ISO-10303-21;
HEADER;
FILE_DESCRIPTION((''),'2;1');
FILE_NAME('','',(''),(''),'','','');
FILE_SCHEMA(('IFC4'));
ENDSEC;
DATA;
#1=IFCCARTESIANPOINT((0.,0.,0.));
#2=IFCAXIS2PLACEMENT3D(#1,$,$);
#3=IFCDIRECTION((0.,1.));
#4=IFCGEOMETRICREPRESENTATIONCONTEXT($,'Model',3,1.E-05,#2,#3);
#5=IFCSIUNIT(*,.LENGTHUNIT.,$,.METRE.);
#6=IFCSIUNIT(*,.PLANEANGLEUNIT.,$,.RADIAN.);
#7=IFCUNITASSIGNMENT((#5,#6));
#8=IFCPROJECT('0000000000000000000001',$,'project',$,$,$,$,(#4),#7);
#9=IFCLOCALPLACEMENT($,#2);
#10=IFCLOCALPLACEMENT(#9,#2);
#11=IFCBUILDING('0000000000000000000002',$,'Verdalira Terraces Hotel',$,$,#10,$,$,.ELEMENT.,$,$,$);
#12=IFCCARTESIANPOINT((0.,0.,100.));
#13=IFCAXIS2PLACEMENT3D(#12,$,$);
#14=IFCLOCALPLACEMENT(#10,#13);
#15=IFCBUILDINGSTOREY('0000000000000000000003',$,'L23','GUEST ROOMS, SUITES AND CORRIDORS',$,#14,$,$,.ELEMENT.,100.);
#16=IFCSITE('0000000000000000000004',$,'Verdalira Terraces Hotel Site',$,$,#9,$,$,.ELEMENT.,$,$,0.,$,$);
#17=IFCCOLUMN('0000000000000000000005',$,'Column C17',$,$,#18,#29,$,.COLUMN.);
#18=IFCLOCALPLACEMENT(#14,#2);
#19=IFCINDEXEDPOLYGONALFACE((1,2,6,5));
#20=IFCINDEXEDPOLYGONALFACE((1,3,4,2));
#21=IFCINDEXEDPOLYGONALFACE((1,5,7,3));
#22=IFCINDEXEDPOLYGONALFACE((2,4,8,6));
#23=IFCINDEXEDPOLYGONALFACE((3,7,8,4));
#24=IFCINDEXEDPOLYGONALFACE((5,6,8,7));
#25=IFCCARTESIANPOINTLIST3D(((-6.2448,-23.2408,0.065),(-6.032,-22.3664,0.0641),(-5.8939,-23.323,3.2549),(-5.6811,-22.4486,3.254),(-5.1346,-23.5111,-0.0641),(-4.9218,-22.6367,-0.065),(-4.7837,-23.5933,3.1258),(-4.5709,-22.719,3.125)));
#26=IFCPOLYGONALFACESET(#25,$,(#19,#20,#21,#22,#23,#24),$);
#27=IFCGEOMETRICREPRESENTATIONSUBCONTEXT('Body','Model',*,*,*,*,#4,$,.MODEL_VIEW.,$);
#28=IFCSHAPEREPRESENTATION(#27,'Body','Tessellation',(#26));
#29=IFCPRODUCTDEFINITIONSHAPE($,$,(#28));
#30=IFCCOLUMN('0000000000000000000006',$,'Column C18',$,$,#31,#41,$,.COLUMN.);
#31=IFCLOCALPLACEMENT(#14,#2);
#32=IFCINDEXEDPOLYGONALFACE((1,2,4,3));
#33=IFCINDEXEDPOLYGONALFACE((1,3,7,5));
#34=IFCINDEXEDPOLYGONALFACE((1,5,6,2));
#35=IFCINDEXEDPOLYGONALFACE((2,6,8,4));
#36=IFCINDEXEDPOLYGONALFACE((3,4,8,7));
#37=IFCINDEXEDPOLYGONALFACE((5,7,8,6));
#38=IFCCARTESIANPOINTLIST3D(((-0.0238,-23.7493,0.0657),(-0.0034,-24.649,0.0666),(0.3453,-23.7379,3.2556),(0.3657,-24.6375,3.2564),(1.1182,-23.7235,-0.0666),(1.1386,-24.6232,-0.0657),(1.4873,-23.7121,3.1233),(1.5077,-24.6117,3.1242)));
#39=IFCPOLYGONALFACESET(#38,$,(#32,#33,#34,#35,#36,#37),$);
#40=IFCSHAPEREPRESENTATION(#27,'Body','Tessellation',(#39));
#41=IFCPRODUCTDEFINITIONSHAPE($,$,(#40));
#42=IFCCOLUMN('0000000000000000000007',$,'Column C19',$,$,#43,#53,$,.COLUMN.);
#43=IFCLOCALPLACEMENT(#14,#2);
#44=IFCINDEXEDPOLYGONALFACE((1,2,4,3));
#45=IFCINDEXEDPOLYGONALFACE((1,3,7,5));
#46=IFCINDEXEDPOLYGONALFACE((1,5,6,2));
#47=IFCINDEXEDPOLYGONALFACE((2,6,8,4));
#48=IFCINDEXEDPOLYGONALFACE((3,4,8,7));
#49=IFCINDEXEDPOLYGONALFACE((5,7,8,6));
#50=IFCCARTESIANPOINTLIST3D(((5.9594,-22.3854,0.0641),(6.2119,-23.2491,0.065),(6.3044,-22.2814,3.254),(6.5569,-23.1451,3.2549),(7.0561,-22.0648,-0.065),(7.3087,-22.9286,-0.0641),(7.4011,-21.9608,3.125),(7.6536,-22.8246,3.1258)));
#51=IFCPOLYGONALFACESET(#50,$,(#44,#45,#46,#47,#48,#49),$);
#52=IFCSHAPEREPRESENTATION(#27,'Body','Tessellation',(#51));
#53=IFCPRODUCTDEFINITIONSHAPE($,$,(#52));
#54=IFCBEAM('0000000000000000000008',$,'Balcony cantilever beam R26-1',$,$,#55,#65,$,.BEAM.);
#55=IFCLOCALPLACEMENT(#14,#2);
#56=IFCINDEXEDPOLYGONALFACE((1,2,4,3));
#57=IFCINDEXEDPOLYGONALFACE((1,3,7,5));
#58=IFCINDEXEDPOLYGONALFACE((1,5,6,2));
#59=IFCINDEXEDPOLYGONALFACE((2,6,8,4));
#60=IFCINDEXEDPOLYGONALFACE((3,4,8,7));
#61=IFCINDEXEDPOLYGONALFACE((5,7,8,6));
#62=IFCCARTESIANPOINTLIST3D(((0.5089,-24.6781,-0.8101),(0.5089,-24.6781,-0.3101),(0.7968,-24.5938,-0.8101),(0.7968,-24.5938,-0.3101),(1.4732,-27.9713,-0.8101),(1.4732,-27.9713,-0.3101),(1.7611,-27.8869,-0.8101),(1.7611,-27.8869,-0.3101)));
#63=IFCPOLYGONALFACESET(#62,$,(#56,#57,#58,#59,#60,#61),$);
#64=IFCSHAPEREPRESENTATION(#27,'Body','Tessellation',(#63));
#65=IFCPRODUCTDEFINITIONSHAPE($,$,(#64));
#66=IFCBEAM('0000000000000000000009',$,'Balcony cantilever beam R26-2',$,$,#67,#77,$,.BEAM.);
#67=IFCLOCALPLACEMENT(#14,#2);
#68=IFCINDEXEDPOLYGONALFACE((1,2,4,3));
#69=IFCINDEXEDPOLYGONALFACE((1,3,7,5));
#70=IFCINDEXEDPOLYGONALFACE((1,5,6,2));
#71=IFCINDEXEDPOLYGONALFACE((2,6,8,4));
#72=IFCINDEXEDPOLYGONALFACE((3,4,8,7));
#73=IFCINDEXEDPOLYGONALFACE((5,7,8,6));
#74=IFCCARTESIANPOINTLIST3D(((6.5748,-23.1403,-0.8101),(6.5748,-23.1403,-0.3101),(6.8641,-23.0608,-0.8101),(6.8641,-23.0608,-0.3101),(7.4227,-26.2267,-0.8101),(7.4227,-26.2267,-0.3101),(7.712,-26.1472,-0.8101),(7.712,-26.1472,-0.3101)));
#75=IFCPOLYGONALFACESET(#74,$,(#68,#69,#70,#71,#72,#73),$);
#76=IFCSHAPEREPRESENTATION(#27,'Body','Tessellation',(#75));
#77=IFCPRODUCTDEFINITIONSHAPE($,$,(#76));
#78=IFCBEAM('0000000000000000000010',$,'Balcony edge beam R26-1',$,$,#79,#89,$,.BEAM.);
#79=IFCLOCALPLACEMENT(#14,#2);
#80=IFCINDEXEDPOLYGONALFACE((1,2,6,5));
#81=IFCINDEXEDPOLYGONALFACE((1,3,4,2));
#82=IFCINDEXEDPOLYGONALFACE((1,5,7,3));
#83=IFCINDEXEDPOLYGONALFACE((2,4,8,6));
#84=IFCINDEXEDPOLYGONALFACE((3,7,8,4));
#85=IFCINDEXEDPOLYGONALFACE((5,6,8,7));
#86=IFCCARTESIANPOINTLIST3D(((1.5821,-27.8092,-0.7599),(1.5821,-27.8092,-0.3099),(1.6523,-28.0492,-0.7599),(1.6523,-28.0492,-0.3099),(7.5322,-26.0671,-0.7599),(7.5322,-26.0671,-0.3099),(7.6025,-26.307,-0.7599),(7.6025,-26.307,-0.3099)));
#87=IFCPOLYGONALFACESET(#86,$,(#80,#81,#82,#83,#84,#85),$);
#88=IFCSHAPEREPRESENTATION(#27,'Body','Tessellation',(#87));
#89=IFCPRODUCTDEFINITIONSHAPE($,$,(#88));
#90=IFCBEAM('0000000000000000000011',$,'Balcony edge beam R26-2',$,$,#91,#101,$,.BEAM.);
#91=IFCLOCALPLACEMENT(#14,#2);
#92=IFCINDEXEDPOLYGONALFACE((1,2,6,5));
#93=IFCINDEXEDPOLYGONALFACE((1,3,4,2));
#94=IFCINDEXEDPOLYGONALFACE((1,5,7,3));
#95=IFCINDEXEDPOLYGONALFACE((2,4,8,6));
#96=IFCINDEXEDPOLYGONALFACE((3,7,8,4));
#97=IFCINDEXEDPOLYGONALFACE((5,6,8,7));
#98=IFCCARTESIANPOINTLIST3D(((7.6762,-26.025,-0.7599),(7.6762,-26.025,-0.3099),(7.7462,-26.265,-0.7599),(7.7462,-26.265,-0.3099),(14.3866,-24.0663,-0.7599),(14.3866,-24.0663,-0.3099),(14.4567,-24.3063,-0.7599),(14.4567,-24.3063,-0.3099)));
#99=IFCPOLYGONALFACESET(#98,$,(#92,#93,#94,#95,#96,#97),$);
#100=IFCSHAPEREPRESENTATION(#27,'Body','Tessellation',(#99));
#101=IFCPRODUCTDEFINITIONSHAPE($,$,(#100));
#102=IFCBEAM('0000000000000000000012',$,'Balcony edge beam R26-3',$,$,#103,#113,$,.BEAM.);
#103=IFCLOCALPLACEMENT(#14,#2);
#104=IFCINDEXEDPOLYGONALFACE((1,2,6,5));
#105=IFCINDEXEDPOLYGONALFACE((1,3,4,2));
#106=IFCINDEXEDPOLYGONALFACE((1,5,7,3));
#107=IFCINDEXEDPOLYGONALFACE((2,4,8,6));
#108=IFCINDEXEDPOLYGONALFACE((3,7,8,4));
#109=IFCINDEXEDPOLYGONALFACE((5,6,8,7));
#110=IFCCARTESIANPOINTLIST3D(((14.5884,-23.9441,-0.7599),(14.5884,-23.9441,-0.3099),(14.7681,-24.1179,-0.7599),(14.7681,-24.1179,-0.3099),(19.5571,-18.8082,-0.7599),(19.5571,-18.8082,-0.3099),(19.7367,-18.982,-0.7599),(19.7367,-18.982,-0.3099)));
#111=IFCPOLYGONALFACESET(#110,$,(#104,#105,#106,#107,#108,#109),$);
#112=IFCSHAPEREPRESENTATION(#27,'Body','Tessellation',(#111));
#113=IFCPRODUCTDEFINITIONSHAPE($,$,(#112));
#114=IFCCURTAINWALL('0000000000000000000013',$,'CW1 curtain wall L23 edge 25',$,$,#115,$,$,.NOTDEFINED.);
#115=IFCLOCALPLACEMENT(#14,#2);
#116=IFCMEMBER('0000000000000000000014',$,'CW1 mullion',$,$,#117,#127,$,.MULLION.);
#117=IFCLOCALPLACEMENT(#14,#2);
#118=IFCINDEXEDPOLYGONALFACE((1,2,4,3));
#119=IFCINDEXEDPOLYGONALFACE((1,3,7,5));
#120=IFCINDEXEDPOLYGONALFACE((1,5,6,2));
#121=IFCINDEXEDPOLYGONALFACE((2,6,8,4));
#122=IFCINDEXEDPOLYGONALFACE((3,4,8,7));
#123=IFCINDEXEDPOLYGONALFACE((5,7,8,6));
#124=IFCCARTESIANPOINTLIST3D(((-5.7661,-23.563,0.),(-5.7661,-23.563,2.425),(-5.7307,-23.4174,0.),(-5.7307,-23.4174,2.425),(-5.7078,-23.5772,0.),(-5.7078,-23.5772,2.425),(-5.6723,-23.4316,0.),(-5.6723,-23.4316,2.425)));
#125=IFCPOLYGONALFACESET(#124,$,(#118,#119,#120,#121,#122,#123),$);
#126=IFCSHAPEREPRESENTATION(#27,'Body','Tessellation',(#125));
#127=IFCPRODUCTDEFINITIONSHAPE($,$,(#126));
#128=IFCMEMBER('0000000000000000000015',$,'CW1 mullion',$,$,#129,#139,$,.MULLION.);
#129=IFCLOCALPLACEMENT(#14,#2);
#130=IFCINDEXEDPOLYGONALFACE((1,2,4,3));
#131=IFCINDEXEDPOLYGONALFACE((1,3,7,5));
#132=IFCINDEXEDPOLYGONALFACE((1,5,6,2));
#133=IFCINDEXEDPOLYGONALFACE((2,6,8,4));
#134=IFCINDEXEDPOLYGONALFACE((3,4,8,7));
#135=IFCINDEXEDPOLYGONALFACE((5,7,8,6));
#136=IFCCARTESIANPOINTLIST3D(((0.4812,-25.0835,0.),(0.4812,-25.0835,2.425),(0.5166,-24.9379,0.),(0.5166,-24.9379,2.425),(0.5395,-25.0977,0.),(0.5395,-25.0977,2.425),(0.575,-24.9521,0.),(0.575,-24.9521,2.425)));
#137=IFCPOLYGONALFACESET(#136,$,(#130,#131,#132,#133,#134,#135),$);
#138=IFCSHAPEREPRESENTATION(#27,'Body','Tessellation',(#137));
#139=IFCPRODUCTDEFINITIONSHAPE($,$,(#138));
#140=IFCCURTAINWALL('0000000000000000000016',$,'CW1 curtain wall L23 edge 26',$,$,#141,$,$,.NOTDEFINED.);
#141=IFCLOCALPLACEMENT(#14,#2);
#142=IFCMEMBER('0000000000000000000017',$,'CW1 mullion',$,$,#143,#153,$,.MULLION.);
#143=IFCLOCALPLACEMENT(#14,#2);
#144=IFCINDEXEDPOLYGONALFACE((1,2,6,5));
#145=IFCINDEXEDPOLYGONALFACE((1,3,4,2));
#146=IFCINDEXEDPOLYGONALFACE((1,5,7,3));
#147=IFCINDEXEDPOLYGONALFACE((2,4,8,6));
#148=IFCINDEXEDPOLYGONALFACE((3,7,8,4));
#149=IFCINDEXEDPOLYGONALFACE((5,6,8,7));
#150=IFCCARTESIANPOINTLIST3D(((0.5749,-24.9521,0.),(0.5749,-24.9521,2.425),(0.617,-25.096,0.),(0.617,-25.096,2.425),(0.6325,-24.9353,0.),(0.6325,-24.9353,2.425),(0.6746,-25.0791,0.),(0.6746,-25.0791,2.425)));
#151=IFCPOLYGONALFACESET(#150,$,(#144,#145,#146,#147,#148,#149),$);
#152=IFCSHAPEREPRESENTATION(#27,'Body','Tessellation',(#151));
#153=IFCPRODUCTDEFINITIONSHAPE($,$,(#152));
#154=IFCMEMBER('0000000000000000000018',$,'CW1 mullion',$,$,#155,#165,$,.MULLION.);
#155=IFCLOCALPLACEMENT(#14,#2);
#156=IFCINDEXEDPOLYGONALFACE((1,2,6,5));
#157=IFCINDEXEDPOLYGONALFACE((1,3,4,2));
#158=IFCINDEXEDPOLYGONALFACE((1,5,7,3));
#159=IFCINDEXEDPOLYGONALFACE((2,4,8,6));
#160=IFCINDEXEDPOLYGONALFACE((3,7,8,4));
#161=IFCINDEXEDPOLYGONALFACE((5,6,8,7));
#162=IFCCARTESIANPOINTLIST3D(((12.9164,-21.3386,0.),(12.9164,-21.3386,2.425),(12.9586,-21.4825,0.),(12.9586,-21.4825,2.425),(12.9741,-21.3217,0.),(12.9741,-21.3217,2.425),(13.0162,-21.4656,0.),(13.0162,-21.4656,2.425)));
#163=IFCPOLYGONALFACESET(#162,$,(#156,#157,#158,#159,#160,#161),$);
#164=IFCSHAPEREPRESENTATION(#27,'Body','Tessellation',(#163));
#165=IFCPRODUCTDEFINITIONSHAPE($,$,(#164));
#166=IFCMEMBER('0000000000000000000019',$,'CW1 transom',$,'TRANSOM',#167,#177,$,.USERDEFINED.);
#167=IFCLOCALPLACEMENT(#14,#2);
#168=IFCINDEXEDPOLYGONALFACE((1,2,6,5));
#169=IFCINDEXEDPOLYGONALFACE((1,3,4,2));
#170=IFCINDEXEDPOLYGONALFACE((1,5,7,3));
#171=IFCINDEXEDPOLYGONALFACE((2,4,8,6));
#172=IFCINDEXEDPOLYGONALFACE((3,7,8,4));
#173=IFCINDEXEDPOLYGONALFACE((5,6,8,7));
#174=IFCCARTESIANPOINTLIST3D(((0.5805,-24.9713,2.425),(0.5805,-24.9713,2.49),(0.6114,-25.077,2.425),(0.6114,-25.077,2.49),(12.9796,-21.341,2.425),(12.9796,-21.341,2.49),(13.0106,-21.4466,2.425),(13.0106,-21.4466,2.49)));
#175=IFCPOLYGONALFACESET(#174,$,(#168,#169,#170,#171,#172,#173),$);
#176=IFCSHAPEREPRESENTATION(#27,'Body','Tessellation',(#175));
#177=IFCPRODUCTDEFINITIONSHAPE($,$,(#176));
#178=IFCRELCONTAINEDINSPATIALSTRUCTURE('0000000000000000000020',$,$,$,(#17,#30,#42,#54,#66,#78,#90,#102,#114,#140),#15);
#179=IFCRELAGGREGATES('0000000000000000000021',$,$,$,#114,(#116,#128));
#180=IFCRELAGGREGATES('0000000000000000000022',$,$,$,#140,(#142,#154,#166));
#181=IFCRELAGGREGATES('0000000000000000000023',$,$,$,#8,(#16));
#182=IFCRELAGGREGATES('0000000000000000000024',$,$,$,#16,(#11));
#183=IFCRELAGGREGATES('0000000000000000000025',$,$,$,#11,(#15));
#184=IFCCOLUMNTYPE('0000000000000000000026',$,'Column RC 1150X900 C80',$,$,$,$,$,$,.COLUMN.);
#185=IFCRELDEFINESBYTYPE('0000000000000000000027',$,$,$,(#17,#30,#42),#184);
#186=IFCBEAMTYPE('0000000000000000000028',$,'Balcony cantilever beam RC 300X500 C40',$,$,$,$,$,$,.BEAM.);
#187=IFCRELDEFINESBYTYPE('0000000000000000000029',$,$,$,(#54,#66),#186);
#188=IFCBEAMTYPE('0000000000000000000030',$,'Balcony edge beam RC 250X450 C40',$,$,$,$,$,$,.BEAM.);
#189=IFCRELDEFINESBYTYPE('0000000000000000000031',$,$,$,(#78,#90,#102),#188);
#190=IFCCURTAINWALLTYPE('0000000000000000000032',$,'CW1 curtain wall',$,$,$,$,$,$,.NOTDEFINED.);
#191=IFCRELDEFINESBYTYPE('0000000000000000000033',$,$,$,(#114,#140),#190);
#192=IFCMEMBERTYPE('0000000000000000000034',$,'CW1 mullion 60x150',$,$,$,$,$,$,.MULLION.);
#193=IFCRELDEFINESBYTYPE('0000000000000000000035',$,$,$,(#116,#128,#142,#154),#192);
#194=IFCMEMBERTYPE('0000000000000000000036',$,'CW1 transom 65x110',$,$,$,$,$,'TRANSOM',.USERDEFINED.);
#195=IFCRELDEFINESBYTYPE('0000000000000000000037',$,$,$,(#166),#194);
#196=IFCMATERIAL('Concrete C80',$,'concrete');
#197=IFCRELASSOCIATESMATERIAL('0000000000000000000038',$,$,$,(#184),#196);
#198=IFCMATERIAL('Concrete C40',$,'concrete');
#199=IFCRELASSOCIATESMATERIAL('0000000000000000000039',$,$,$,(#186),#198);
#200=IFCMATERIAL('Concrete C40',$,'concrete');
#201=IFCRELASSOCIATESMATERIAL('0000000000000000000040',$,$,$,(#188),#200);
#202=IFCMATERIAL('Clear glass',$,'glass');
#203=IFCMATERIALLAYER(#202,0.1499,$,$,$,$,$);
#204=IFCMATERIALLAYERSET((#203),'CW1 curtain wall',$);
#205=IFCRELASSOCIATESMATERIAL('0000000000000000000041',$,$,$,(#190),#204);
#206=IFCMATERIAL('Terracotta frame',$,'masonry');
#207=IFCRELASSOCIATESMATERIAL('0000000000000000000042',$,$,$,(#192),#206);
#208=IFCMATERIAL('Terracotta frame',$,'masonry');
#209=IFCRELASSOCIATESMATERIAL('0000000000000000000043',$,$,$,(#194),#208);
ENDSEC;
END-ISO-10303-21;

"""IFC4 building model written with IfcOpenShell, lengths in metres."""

from ifc_helpers import new_model, si_unit, direction, frame, origin, origin_2d, place, context, subcontext, project, spatial, rectangle, extrude, material, layer, layer_set, material_profile, profile_set, type_object, element, aggregate, save


model = new_model("IFC4")

# Units and contexts
model_context = context("Model", 3, precision=1e-05, world=origin(), true_north=direction((0.0, 1.0)))
body_context = subcontext(model_context, "Body", "Model", "MODEL_VIEW")
ifc_project = project(units=[si_unit("LENGTHUNIT", "METRE"), si_unit("PLANEANGLEUNIT", "RADIAN")], contexts=[model_context])

# Site, building, storey
site_placement = place(None, origin())
site = spatial("IfcSite", under=ifc_project, at=site_placement, Name="Verdalira Terraces Hotel Site", CompositionType="ELEMENT", RefElevation=0.0)
building_placement = place(site_placement, origin())
building = spatial("IfcBuilding", under=site, at=building_placement, Name="Verdalira Terraces Hotel", CompositionType="ELEMENT")
storey_placement = place(building_placement, frame((0.0, 0.0, 100.0)))
storey = spatial("IfcBuildingStorey", under=building, at=storey_placement, Name="L23", Description="GUEST ROOMS, SUITES AND CORRIDORS", CompositionType="ELEMENT", Elevation=100.0)

# Columns
ifc_material_1 = material(Name="Concrete C80", Category="concrete")
ifc_material_profile_1 = material_profile(ifc_material_1, rectangle(XDim=1.1499, YDim=0.8999, at=origin_2d()), Name="RC 1150X900")
ifc_profile_set_1 = profile_set([ifc_material_profile_1], Name="Concrete C80")
column_type = type_object("IfcColumnType", Name="Column RC 1150X900 C80", PredefinedType="COLUMN", material=ifc_profile_set_1)
column_1_placement = place(storey_placement, frame((-5.5833, -22.9387, 0.0), z_axis=(0.109285, -0.025629, 0.99368), x_axis=(0.965473, -0.23508, -0.112246)))
element("IfcColumn", 1, at=column_1_placement, inside=storey, type_object=column_type, Name="Column C17", PredefinedType="COLUMN", context=body_context, shape_type="SweptSolid", body=[
    extrude(rectangle(XDim=1.1499, YDim=0.8999, at=origin_2d()), origin(), (0.0, 0.0, 1.0), 3.2102),
])
column_2_placement = place(storey_placement, frame((0.5574, -24.1863, 0.0), z_axis=(0.114952, 0.003573, 0.993365), x_axis=(-0.993112, -0.022433, 0.115004)))
element("IfcColumn", 2, at=column_2_placement, inside=storey, type_object=column_type, Name="Column C18", PredefinedType="COLUMN", context=body_context, shape_type="SweptSolid", body=[
    extrude(rectangle(XDim=1.1499, YDim=0.8999, at=origin_2d()), origin(), (0.0, 0.0, 1.0), 3.2112),
])
column_3_placement = place(storey_placement, frame((6.634, -22.657, 0.0), z_axis=(0.10746, 0.032398, 0.993681), x_axis=(0.953784, 0.278746, -0.112233)))
element("IfcColumn", 3, at=column_3_placement, inside=storey, type_object=column_type, Name="Column C19", PredefinedType="COLUMN", context=body_context, shape_type="SweptSolid", body=[
    extrude(rectangle(XDim=1.1499, YDim=0.8999, at=origin_2d()), origin(), (0.0, 0.0, 1.0), 3.2102),
])

# Beams
ifc_material_2 = material(Name="Concrete C40", Category="concrete")
ifc_material_profile_2 = material_profile(ifc_material_2, rectangle(XDim=0.3, YDim=0.5, at=origin_2d()), Name="RC 300X500")
ifc_profile_set_2 = profile_set([ifc_material_profile_2], Name="Concrete C40")
beam_type_1 = type_object("IfcBeamType", Name="Balcony cantilever beam RC 300X500 C40", PredefinedType="BEAM", material=ifc_profile_set_2)
beam_1_placement = place(storey_placement, frame((0.6528, -24.636, -0.5601), z_axis=(0.28103, -0.959699, 0.0), x_axis=(0.959699, 0.28103, 0.0)))
element("IfcBeam", 4, at=beam_1_placement, inside=storey, type_object=beam_type_1, Name="Balcony cantilever beam R26-1", PredefinedType="BEAM", context=body_context, shape_type="SweptSolid", body=[
    extrude(rectangle(XDim=0.3, YDim=0.5, at=origin_2d()), origin(), (0.0, 0.0, 1.0), 3.4314),
])
beam_2_placement = place(storey_placement, frame((6.7195, -23.1006, -0.5601), z_axis=(0.264905, -0.964275, 0.0), x_axis=(0.964275, 0.264905, 0.0)))
element("IfcBeam", 5, at=beam_2_placement, inside=storey, type_object=beam_type_1, Name="Balcony cantilever beam R26-2", PredefinedType="BEAM", context=body_context, shape_type="SweptSolid", body=[
    extrude(rectangle(XDim=0.3, YDim=0.5, at=origin_2d()), origin(), (0.0, 0.0, 1.0), 3.2007),
])
ifc_material_3 = material(Name="Concrete C40", Category="concrete")
ifc_material_profile_3 = material_profile(ifc_material_3, rectangle(XDim=0.25, YDim=0.45, at=origin_2d()), Name="RC 250X450")
ifc_profile_set_3 = profile_set([ifc_material_profile_3], Name="Concrete C40")
beam_type_2 = type_object("IfcBeamType", Name="Balcony edge beam RC 250X450 C40", PredefinedType="BEAM", material=ifc_profile_set_3)
beam_3_placement = place(storey_placement, frame((1.6172, -27.9292, -0.5349), z_axis=(0.959708, 0.280998, 0.0), x_axis=(-0.280998, 0.959708, 0.0)))
element("IfcBeam", 6, at=beam_3_placement, inside=storey, type_object=beam_type_2, Name="Balcony edge beam R26-1", PredefinedType="BEAM", context=body_context, shape_type="SweptSolid", body=[
    extrude(rectangle(XDim=0.25, YDim=0.45, at=origin_2d()), origin(), (0.0, 0.0, 1.0), 6.2),
])
beam_4_placement = place(storey_placement, frame((7.7112, -26.145, -0.5349), z_axis=(0.959941, 0.280201, 0.0), x_axis=(-0.280201, 0.959941, 0.0)))
element("IfcBeam", 7, at=beam_4_placement, inside=storey, type_object=beam_type_2, Name="Balcony edge beam R26-2", PredefinedType="BEAM", context=body_context, shape_type="SweptSolid", body=[
    extrude(rectangle(XDim=0.25, YDim=0.45, at=origin_2d()), origin(), (0.0, 0.0, 1.0), 6.9905),
])
beam_5_placement = place(storey_placement, frame((14.6782, -24.031, -0.5349), z_axis=(0.695309, 0.718711, 0.0), x_axis=(-0.718711, 0.695309, 0.0)))
element("IfcBeam", 8, at=beam_5_placement, inside=storey, type_object=beam_type_2, Name="Balcony edge beam R26-3", PredefinedType="BEAM", context=body_context, shape_type="SweptSolid", body=[
    extrude(rectangle(XDim=0.25, YDim=0.45, at=origin_2d()), origin(), (0.0, 0.0, 1.0), 7.146),
])

# Curtain walls, members
ifc_material_4 = material(Name="Clear glass", Category="glass")
ifc_layer_1 = layer(ifc_material_4, 0.1499)
ifc_layer_set_1 = layer_set([ifc_layer_1], Name="CW1 curtain wall")
curtain_wall_type = type_object("IfcCurtainWallType", Name="CW1 curtain wall", PredefinedType="NOTDEFINED", material=ifc_layer_set_1)
curtain_wall_1_placement = place(storey_placement, origin())
curtain_wall_1 = element("IfcCurtainWall", 9, at=curtain_wall_1_placement, inside=storey, type_object=curtain_wall_type, Name="CW1 curtain wall L23 edge 25", PredefinedType="NOTDEFINED")
ifc_material_5 = material(Name="Terracotta frame", Category="masonry")
ifc_material_profile_4 = material_profile(ifc_material_5, rectangle(XDim=0.0601, YDim=0.1499, at=origin_2d()), Name="MU 60x150")
ifc_profile_set_4 = profile_set([ifc_material_profile_4], Name="Terracotta frame")
member_type_1 = type_object("IfcMemberType", Name="CW1 mullion 60x150", PredefinedType="MULLION", material=ifc_profile_set_4)
member_1_placement = place(storey_placement, frame((-5.7192, -23.4973, 0.0), z_axis=(0.0, 0.0, 1.0), x_axis=(0.971632, -0.236499, 0.0)))
member_1 = element("IfcMember", 10, at=member_1_placement, type_object=member_type_1, Name="CW1 mullion", PredefinedType="MULLION", context=body_context, shape_type="SweptSolid", body=[
    extrude(rectangle(XDim=0.0601, YDim=0.1499, at=origin_2d()), origin(), (0.0, 0.0, 1.0), 2.425),
])
member_2_placement = place(storey_placement, frame((0.5281, -25.0178, 0.0), z_axis=(0.0, 0.0, 1.0), x_axis=(0.971632, -0.236499, 0.0)))
member_2 = element("IfcMember", 11, at=member_2_placement, type_object=member_type_1, Name="CW1 mullion", PredefinedType="MULLION", context=body_context, shape_type="SweptSolid", body=[
    extrude(rectangle(XDim=0.0601, YDim=0.1499, at=origin_2d()), origin(), (0.0, 0.0, 1.0), 2.425),
])
curtain_wall_2_placement = place(storey_placement, origin())
curtain_wall_2 = element("IfcCurtainWall", 12, at=curtain_wall_2_placement, inside=storey, type_object=curtain_wall_type, Name="CW1 curtain wall L23 edge 26", PredefinedType="NOTDEFINED")
member_3_placement = place(storey_placement, frame((0.6248, -25.0156, 0.0), z_axis=(0.0, 0.0, 1.0), x_axis=(0.959707, 0.281002, 0.0)))
member_3 = element("IfcMember", 13, at=member_3_placement, type_object=member_type_1, Name="CW1 mullion", PredefinedType="MULLION", context=body_context, shape_type="SweptSolid", body=[
    extrude(rectangle(XDim=0.0601, YDim=0.1499, at=origin_2d()), origin(), (0.0, 0.0, 1.0), 2.425),
])
member_4_placement = place(storey_placement, frame((12.9663, -21.4021, 0.0), z_axis=(0.0, 0.0, 1.0), x_axis=(0.959707, 0.281002, 0.0)))
member_4 = element("IfcMember", 14, at=member_4_placement, type_object=member_type_1, Name="CW1 mullion", PredefinedType="MULLION", context=body_context, shape_type="SweptSolid", body=[
    extrude(rectangle(XDim=0.0601, YDim=0.1499, at=origin_2d()), origin(), (0.0, 0.0, 1.0), 2.425),
])
ifc_material_6 = material(Name="Terracotta frame", Category="masonry")
ifc_material_profile_5 = material_profile(ifc_material_6, rectangle(XDim=0.1101, YDim=0.0649, at=origin_2d()), Name="TR 65x110")
ifc_profile_set_5 = profile_set([ifc_material_profile_5], Name="Terracotta frame")
member_type_2 = type_object("IfcMemberType", Name="CW1 transom 65x110", ElementType="TRANSOM", PredefinedType="USERDEFINED", material=ifc_profile_set_5)
member_5_placement = place(storey_placement, frame((0.5959, -25.0242, 2.4575), z_axis=(0.959709, 0.280995, 0.0), x_axis=(-0.280995, 0.959709, 0.0)))
member_5 = element("IfcMember", 15, at=member_5_placement, type_object=member_type_2, Name="CW1 transom", ObjectType="TRANSOM", PredefinedType="USERDEFINED", context=body_context, shape_type="SweptSolid", body=[
    extrude(rectangle(XDim=0.1101, YDim=0.0649, at=origin_2d()), origin(), (0.0, 0.0, 1.0), 12.9197),
])

aggregate(curtain_wall_1, [member_1, member_2])
aggregate(curtain_wall_2, [member_3, member_4, member_5])

save(model, "model.ifc")
